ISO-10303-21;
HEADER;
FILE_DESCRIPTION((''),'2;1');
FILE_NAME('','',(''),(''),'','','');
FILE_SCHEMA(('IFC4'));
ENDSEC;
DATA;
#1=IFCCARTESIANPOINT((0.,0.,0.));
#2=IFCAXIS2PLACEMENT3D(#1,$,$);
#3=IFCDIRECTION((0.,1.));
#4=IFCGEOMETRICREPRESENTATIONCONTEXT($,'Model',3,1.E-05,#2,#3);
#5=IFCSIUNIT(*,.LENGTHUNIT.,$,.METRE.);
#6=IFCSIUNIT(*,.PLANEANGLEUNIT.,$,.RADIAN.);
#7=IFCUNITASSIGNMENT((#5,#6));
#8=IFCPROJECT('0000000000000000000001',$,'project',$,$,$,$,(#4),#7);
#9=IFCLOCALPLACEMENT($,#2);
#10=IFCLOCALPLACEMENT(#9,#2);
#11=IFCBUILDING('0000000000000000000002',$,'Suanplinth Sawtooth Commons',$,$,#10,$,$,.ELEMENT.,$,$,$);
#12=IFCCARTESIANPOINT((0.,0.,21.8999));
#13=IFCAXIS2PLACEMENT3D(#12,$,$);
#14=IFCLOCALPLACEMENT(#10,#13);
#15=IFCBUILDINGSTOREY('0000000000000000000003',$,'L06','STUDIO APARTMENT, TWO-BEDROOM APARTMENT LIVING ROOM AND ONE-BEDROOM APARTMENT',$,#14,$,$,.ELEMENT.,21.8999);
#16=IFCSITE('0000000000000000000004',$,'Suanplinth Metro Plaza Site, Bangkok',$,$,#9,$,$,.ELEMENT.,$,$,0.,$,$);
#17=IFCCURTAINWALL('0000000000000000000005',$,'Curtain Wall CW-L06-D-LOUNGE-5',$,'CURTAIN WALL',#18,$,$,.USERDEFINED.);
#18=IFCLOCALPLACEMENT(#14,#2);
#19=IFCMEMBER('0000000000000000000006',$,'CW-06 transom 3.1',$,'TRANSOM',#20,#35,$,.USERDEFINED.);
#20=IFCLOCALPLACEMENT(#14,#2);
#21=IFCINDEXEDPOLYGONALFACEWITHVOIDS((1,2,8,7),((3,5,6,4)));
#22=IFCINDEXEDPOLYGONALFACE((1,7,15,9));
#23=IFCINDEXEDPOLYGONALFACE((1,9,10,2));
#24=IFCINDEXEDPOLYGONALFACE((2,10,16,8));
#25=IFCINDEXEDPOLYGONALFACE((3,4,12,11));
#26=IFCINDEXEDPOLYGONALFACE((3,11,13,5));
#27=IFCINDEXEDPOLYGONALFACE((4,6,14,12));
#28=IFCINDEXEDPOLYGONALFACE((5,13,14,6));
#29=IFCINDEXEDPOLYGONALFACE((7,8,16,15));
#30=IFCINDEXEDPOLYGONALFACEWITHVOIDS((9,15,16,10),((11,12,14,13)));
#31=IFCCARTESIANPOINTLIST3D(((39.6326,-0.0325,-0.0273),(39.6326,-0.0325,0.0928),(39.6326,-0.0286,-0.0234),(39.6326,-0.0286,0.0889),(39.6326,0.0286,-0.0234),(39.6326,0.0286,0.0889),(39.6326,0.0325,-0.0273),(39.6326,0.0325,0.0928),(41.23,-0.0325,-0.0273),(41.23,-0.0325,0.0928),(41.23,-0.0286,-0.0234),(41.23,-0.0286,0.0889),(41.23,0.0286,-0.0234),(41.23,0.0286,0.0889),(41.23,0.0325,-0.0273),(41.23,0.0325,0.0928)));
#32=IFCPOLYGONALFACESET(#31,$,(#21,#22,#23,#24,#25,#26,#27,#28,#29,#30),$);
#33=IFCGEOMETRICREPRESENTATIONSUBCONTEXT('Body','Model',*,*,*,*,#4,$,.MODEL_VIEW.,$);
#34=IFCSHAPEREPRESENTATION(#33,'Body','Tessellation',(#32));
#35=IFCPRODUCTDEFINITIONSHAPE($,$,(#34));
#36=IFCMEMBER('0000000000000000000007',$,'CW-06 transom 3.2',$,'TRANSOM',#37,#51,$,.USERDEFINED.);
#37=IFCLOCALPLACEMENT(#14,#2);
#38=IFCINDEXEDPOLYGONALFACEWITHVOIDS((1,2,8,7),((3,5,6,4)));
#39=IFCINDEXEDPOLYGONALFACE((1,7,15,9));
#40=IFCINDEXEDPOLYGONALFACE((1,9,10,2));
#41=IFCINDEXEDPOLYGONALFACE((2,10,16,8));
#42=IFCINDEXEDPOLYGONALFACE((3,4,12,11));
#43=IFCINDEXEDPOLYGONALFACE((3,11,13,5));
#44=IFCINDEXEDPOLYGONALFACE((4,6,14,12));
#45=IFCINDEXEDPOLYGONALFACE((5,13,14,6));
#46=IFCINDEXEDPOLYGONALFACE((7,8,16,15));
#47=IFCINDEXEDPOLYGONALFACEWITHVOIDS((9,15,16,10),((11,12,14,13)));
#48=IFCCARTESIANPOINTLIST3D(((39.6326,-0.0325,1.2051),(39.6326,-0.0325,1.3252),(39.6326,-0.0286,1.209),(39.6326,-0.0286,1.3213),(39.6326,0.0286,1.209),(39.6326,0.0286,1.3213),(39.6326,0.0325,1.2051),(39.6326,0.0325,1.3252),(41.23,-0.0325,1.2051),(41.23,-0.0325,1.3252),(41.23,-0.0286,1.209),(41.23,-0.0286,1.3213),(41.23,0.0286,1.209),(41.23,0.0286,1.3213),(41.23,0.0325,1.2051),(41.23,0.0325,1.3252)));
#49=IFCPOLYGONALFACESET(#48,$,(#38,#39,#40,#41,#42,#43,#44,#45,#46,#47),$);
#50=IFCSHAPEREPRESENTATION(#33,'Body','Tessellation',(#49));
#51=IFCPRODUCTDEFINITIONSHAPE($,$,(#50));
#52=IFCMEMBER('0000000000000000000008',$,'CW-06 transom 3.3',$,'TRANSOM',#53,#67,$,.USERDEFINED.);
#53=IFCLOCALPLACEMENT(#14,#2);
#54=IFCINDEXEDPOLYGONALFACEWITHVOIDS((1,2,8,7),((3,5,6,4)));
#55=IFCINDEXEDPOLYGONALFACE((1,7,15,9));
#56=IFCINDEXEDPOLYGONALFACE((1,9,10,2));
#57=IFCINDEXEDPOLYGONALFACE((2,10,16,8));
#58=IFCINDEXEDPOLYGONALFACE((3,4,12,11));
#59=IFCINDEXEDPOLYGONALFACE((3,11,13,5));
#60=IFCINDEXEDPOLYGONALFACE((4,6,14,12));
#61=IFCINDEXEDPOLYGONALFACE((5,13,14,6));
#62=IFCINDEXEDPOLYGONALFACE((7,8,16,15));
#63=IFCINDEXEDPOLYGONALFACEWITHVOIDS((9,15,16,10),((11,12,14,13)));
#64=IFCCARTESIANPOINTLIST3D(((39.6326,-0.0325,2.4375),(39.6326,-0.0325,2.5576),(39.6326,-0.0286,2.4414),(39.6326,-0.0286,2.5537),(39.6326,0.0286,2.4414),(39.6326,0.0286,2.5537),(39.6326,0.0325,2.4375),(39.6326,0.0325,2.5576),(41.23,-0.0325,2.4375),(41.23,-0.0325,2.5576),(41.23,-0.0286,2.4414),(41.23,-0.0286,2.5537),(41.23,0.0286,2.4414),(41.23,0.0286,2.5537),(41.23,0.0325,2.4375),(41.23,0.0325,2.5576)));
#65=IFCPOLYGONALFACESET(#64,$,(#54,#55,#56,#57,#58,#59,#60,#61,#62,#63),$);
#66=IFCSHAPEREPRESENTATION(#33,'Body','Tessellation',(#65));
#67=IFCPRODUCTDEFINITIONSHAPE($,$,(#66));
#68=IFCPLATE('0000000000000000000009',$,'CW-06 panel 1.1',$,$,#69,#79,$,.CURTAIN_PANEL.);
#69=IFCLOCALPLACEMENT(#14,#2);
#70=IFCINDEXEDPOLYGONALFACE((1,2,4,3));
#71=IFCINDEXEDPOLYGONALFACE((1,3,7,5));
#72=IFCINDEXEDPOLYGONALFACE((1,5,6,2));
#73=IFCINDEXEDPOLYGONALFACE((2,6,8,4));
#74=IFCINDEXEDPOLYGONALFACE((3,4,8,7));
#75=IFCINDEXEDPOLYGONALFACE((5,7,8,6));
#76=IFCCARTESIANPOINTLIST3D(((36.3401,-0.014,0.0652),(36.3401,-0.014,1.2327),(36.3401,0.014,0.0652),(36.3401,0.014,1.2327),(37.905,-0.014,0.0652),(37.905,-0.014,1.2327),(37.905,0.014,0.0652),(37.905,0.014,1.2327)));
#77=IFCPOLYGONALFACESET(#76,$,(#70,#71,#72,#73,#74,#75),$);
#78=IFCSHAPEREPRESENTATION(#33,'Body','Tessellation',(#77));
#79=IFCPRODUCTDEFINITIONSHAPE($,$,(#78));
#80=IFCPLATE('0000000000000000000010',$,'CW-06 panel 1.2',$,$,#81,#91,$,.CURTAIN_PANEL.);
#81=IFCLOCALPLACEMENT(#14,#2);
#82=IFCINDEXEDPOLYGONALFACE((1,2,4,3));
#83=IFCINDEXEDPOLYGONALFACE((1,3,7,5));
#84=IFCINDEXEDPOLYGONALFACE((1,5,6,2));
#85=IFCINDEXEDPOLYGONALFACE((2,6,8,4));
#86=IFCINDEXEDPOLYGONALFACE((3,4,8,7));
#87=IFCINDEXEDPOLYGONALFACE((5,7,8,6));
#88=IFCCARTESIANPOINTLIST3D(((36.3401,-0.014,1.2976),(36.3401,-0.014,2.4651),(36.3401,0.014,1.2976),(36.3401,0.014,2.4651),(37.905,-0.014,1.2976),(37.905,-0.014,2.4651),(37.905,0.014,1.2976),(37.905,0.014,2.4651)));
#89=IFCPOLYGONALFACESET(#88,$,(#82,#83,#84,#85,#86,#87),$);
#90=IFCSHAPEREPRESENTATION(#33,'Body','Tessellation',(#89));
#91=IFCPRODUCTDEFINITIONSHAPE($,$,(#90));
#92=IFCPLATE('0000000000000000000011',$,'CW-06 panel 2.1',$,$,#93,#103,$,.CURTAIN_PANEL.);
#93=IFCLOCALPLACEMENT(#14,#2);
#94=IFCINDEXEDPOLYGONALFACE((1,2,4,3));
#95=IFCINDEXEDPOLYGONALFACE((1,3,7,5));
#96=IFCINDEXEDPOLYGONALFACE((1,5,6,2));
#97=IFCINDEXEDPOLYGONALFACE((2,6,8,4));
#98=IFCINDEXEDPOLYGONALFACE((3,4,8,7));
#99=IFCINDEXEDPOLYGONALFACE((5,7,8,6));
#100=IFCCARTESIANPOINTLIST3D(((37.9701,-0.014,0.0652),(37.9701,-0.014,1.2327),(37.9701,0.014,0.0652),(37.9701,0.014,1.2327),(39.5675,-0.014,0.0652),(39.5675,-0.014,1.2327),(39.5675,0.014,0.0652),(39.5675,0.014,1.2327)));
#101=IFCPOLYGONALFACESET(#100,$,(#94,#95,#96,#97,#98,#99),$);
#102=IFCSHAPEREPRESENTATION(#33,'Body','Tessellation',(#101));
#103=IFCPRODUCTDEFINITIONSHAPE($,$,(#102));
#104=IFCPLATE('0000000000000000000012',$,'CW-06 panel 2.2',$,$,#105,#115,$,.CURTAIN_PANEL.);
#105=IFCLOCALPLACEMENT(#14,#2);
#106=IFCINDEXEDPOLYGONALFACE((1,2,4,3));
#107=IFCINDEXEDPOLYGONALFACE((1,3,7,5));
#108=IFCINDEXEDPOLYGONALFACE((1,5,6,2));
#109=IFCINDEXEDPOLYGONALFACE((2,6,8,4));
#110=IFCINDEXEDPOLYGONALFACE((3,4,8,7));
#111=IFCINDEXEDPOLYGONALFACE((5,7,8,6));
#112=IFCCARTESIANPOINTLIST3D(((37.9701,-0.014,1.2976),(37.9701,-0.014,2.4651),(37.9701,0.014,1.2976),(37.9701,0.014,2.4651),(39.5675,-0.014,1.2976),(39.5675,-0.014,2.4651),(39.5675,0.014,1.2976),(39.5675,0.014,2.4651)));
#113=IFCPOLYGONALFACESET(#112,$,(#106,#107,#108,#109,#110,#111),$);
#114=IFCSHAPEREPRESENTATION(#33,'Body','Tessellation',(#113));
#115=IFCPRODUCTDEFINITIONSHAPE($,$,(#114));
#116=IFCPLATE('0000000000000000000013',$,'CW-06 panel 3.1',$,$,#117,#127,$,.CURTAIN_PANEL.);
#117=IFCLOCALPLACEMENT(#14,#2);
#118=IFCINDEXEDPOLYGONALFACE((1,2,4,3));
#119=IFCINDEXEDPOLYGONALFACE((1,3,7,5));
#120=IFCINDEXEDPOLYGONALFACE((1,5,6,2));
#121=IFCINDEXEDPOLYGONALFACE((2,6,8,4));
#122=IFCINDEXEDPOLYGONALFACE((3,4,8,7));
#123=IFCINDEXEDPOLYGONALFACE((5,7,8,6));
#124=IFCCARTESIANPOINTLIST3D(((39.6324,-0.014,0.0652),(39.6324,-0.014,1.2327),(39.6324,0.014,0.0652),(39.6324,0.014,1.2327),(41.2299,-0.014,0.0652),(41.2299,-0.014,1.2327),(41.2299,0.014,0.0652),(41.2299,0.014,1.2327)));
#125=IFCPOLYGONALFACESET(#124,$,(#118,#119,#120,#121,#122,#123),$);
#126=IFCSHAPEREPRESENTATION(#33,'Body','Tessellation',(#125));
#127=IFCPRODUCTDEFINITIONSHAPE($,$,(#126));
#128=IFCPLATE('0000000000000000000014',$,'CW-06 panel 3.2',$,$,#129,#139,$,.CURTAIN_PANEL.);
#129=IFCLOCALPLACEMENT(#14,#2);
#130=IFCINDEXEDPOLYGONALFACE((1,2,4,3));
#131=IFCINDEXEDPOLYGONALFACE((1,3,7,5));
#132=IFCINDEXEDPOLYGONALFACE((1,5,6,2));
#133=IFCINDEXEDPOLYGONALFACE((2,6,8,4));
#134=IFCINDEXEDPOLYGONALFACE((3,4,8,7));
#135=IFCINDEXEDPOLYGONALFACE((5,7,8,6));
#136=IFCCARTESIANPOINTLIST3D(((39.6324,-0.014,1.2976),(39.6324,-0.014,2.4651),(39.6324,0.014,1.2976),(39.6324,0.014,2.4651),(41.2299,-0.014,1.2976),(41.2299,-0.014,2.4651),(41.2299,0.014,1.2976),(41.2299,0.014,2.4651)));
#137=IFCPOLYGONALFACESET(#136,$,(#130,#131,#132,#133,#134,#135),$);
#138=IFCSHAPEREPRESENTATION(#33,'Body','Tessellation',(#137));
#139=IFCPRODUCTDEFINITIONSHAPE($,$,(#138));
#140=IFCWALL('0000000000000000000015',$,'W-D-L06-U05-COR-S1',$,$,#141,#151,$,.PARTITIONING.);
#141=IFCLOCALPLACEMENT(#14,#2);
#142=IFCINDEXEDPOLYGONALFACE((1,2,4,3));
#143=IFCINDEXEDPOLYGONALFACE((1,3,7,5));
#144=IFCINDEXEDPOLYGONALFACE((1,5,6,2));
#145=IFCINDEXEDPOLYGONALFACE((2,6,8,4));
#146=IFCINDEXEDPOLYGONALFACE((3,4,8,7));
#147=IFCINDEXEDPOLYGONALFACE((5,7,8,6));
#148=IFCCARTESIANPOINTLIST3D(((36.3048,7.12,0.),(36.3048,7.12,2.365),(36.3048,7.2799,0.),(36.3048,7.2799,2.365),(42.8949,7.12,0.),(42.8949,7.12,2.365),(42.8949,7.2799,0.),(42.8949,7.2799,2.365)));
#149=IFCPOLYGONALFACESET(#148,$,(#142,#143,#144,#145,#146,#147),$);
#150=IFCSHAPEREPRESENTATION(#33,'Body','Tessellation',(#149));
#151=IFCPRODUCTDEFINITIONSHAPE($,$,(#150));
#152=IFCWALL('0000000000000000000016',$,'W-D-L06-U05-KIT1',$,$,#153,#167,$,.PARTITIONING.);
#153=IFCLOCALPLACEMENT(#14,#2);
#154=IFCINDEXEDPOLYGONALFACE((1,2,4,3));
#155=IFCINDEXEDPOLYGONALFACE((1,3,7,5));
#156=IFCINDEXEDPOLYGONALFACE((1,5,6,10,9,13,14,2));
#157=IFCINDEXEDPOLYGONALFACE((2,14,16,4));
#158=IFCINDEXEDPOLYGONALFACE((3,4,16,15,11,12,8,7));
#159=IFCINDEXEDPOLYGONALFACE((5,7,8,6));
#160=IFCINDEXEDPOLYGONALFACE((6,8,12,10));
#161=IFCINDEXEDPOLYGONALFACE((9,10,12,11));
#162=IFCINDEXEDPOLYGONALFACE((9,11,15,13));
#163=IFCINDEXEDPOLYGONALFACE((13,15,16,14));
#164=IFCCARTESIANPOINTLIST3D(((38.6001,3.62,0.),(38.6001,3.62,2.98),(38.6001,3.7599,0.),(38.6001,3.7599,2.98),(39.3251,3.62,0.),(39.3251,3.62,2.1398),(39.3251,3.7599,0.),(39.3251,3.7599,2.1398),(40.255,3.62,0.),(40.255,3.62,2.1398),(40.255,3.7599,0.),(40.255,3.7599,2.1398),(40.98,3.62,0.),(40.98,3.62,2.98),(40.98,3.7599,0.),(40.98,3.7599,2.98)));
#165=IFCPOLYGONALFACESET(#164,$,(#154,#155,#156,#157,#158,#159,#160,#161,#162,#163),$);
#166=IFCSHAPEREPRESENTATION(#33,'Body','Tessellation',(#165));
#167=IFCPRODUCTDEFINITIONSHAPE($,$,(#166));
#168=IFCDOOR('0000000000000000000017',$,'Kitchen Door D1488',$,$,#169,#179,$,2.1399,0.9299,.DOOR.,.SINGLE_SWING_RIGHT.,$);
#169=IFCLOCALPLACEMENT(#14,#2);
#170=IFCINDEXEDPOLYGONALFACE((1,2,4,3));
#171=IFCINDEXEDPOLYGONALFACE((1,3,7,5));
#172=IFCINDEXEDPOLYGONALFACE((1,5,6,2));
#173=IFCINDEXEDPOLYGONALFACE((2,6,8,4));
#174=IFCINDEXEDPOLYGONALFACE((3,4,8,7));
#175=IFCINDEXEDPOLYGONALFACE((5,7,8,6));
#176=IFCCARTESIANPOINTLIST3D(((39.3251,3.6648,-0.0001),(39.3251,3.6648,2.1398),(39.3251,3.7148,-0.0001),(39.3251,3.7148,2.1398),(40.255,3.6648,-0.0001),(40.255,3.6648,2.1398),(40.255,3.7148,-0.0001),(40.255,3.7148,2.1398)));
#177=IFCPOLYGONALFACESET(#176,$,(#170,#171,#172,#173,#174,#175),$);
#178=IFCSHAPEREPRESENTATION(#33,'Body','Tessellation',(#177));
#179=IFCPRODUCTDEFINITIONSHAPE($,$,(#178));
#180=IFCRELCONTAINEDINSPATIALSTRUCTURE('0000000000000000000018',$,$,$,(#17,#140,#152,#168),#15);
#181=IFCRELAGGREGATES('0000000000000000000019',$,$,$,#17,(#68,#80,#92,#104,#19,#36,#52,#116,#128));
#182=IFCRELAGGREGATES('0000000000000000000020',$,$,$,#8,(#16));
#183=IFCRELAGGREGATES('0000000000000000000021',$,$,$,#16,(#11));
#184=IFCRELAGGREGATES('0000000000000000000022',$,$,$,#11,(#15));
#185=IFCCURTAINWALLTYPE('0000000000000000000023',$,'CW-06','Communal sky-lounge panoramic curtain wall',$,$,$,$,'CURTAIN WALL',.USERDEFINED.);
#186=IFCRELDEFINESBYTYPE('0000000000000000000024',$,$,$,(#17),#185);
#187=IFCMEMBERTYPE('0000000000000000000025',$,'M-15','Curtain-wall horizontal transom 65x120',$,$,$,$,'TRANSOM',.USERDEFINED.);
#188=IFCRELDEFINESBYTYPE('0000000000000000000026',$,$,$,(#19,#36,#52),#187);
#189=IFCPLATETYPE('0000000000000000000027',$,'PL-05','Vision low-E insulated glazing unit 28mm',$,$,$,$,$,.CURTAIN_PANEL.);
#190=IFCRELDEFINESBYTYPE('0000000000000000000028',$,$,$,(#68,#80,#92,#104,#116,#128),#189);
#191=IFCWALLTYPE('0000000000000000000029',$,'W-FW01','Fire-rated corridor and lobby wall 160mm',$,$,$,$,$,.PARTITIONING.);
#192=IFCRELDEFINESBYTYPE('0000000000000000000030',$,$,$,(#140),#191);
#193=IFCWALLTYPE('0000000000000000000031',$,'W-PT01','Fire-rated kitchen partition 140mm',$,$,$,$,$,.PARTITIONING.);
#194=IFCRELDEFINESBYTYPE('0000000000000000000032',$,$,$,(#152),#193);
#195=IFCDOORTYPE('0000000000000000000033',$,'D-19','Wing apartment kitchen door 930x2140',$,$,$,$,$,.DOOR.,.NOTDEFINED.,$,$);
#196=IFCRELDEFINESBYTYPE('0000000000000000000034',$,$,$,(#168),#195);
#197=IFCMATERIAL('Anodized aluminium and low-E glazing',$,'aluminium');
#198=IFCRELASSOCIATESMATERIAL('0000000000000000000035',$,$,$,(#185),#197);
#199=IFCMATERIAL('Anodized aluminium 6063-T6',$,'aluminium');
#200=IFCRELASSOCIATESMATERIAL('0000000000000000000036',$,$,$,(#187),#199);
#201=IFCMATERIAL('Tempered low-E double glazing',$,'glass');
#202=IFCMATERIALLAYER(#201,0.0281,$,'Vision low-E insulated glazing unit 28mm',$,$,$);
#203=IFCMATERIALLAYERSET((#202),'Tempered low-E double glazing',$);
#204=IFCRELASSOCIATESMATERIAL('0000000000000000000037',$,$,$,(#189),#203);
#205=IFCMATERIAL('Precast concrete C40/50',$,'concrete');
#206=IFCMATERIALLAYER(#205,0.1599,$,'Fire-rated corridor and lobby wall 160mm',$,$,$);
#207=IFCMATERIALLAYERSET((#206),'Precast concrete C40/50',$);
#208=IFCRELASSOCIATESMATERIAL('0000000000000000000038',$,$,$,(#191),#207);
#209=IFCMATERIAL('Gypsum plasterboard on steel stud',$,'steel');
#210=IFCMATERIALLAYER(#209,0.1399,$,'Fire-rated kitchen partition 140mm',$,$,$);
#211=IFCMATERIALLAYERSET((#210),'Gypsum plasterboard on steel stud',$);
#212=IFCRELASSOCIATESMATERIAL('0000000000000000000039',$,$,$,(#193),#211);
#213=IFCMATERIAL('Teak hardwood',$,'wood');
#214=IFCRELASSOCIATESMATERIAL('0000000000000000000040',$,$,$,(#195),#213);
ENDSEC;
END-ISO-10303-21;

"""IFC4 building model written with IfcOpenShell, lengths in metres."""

from ifc_helpers import new_model, si_unit, direction, frame, frame_2d, origin, origin_2d, place, context, subcontext, project, spatial, rectangle, hollow_rectangle, extrude, material, layer, layer_set, material_profile, profile_set, type_object, element, fill, aggregate, save


model = new_model("IFC4")

# Units and contexts
model_context = context("Model", 3, precision=1e-05, world=origin(), true_north=direction((0.0, 1.0)))
body_context = subcontext(model_context, "Body", "Model", "MODEL_VIEW")
ifc_project = project(units=[si_unit("LENGTHUNIT", "METRE"), si_unit("PLANEANGLEUNIT", "RADIAN")], contexts=[model_context])

# Site, building, storey
site_placement = place(None, origin())
site = spatial("IfcSite", under=ifc_project, at=site_placement, Name="Suanplinth Metro Plaza Site, Bangkok", CompositionType="ELEMENT", RefElevation=0.0)
building_placement = place(site_placement, origin())
building = spatial("IfcBuilding", under=site, at=building_placement, Name="Suanplinth Sawtooth Commons", CompositionType="ELEMENT")
storey_placement = place(building_placement, frame((0.0, 0.0, 21.8999)))
storey = spatial("IfcBuildingStorey", under=building, at=storey_placement, Name="L06", Description="STUDIO APARTMENT, TWO-BEDROOM APARTMENT LIVING ROOM AND ONE-BEDROOM APARTMENT", CompositionType="ELEMENT", Elevation=21.8999)

# Curtain wall, members, plates
ifc_material_1 = material(Name="Anodized aluminium and low-E glazing", Category="aluminium")
curtain_wall_type = type_object("IfcCurtainWallType", Name="CW-06", Description="Communal sky-lounge panoramic curtain wall", ElementType="CURTAIN WALL", PredefinedType="USERDEFINED", material=ifc_material_1)
curtain_wall_placement = place(storey_placement, origin())
curtain_wall = element("IfcCurtainWall", 1, at=curtain_wall_placement, inside=storey, type_object=curtain_wall_type, Name="Curtain Wall CW-L06-D-LOUNGE-5", ObjectType="CURTAIN WALL", PredefinedType="USERDEFINED")
ifc_material_2 = material(Name="Anodized aluminium 6063-T6", Category="aluminium")
ifc_material_profile_1 = material_profile(ifc_material_2, hollow_rectangle(XDim=0.0649, YDim=0.1201, WallThickness=0.0039, at=origin_2d()), Name="ALU-TRN 65x120")
ifc_profile_set_1 = profile_set([ifc_material_profile_1], Name="Anodized aluminium 6063-T6")
member_type_1 = type_object("IfcMemberType", Name="M-15", Description="Curtain-wall horizontal transom 65x120", ElementType="TRANSOM", PredefinedType="USERDEFINED", material=ifc_profile_set_1)
member_1_placement = place(storey_placement, frame((39.6326, 0.0, 0.0327), z_axis=(1.0, 0.0, 0.0), x_axis=(0.0, 1.0, 0.0)))
member_1 = element("IfcMember", 2, at=member_1_placement, type_object=member_type_1, Name="CW-06 transom 3.1", ObjectType="TRANSOM", PredefinedType="USERDEFINED", context=body_context, shape_type="SweptSolid", body=[
    extrude(hollow_rectangle(XDim=0.0649, YDim=0.1201, WallThickness=0.0039, at=origin_2d()), origin(), (0.0, 0.0, 1.0), 1.5974),
])
member_2_placement = place(storey_placement, frame((39.6326, 0.0, 1.2651), z_axis=(1.0, 0.0, 0.0), x_axis=(0.0, 1.0, 0.0)))
member_2 = element("IfcMember", 3, at=member_2_placement, type_object=member_type_1, Name="CW-06 transom 3.2", ObjectType="TRANSOM", PredefinedType="USERDEFINED", context=body_context, shape_type="SweptSolid", body=[
    extrude(hollow_rectangle(XDim=0.0649, YDim=0.1201, WallThickness=0.0039, at=origin_2d()), origin(), (0.0, 0.0, 1.0), 1.5974),
])
member_3_placement = place(storey_placement, frame((39.6326, 0.0, 2.4976), z_axis=(1.0, 0.0, 0.0), x_axis=(0.0, 1.0, 0.0)))
member_3 = element("IfcMember", 4, at=member_3_placement, type_object=member_type_1, Name="CW-06 transom 3.3", ObjectType="TRANSOM", PredefinedType="USERDEFINED", context=body_context, shape_type="SweptSolid", body=[
    extrude(hollow_rectangle(XDim=0.0649, YDim=0.1201, WallThickness=0.0039, at=origin_2d()), origin(), (0.0, 0.0, 1.0), 1.5974),
])
ifc_material_3 = material(Name="Tempered low-E double glazing", Category="glass")
ifc_layer_1 = layer(ifc_material_3, 0.0281, Name="Vision low-E insulated glazing unit 28mm")
ifc_layer_set_1 = layer_set([ifc_layer_1], Name="Tempered low-E double glazing")
plate_type = type_object("IfcPlateType", Name="PL-05", Description="Vision low-E insulated glazing unit 28mm", PredefinedType="CURTAIN_PANEL", material=ifc_layer_set_1)
plate_1_placement = place(storey_placement, frame((37.1226, 0.0, 0.0652), z_axis=(0.0, 0.0, 1.0), x_axis=(1.0, 0.0, 0.0)))
plate_1 = element("IfcPlate", 5, at=plate_1_placement, type_object=plate_type, Name="CW-06 panel 1.1", PredefinedType="CURTAIN_PANEL", context=body_context, shape_type="SweptSolid", body=[
    extrude(rectangle(XDim=1.5649, YDim=0.0281, at=origin_2d()), origin(), (0.0, 0.0, 1.0), 1.1675),
])
plate_2_placement = place(storey_placement, frame((37.1226, 0.0, 1.2976), z_axis=(0.0, 0.0, 1.0), x_axis=(1.0, 0.0, 0.0)))
plate_2 = element("IfcPlate", 6, at=plate_2_placement, type_object=plate_type, Name="CW-06 panel 1.2", PredefinedType="CURTAIN_PANEL", context=body_context, shape_type="SweptSolid", body=[
    extrude(rectangle(XDim=1.5649, YDim=0.0281, at=origin_2d()), origin(), (0.0, 0.0, 1.0), 1.1675),
])
plate_3_placement = place(storey_placement, frame((38.7688, 0.0, 0.0652), z_axis=(0.0, 0.0, 1.0), x_axis=(1.0, 0.0, 0.0)))
plate_3 = element("IfcPlate", 7, at=plate_3_placement, type_object=plate_type, Name="CW-06 panel 2.1", PredefinedType="CURTAIN_PANEL", context=body_context, shape_type="SweptSolid", body=[
    extrude(rectangle(XDim=1.5974, YDim=0.0281, at=origin_2d()), origin(), (0.0, 0.0, 1.0), 1.1675),
])
plate_4_placement = place(storey_placement, frame((38.7688, 0.0, 1.2976), z_axis=(0.0, 0.0, 1.0), x_axis=(1.0, 0.0, 0.0)))
plate_4 = element("IfcPlate", 8, at=plate_4_placement, type_object=plate_type, Name="CW-06 panel 2.2", PredefinedType="CURTAIN_PANEL", context=body_context, shape_type="SweptSolid", body=[
    extrude(rectangle(XDim=1.5974, YDim=0.0281, at=origin_2d()), origin(), (0.0, 0.0, 1.0), 1.1675),
])
plate_5_placement = place(storey_placement, frame((40.4312, 0.0, 0.0652), z_axis=(0.0, 0.0, 1.0), x_axis=(1.0, 0.0, 0.0)))
plate_5 = element("IfcPlate", 9, at=plate_5_placement, type_object=plate_type, Name="CW-06 panel 3.1", PredefinedType="CURTAIN_PANEL", context=body_context, shape_type="SweptSolid", body=[
    extrude(rectangle(XDim=1.5974, YDim=0.0281, at=origin_2d()), origin(), (0.0, 0.0, 1.0), 1.1675),
])
plate_6_placement = place(storey_placement, frame((40.4312, 0.0, 1.2976), z_axis=(0.0, 0.0, 1.0), x_axis=(1.0, 0.0, 0.0)))
plate_6 = element("IfcPlate", 10, at=plate_6_placement, type_object=plate_type, Name="CW-06 panel 3.2", PredefinedType="CURTAIN_PANEL", context=body_context, shape_type="SweptSolid", body=[
    extrude(rectangle(XDim=1.5974, YDim=0.0281, at=origin_2d()), origin(), (0.0, 0.0, 1.0), 1.1675),
])
aggregate(curtain_wall, [plate_1, plate_2, plate_3, plate_4, member_1, member_2, member_3, plate_5, plate_6])

# Wall
ifc_material_4 = material(Name="Precast concrete C40/50", Category="concrete")
ifc_layer_2 = layer(ifc_material_4, 0.1599, Name="Fire-rated corridor and lobby wall 160mm")
ifc_layer_set_2 = layer_set([ifc_layer_2], Name="Precast concrete C40/50")
wall_type_1 = type_object("IfcWallType", Name="W-FW01", Description="Fire-rated corridor and lobby wall 160mm", PredefinedType="PARTITIONING", material=ifc_layer_set_2)
wall_1_placement = place(storey_placement, frame((36.3049, 7.2, 0.0), z_axis=(0.0, 0.0, 1.0), x_axis=(1.0, 0.0, 0.0)))
element("IfcWall", 11, at=wall_1_placement, inside=storey, type_object=wall_type_1, Name="W-D-L06-U05-COR-S1", PredefinedType="PARTITIONING", context=body_context, shape_type="SweptSolid", body=[
    extrude(rectangle(XDim=6.5901, YDim=0.1599, at=frame_2d((3.2949, 0.0))), origin(), (0.0, 0.0, 1.0), 2.365),
])

# Wall, opening, door
ifc_material_5 = material(Name="Gypsum plasterboard on steel stud", Category="steel")
ifc_layer_3 = layer(ifc_material_5, 0.1399, Name="Fire-rated kitchen partition 140mm")
ifc_layer_set_3 = layer_set([ifc_layer_3], Name="Gypsum plasterboard on steel stud")
wall_type_2 = type_object("IfcWallType", Name="W-PT01", Description="Fire-rated kitchen partition 140mm", PredefinedType="PARTITIONING", material=ifc_layer_set_3)
wall_2_placement = place(storey_placement, frame((38.6001, 3.6899, 0.0), z_axis=(0.0, 0.0, 1.0), x_axis=(1.0, 0.0, 0.0)))
wall_2 = element("IfcWall", 12, at=wall_2_placement, inside=storey, type_object=wall_type_2, Name="W-D-L06-U05-KIT1", PredefinedType="PARTITIONING", context=body_context, shape_type="SweptSolid", body=[
    extrude(rectangle(XDim=2.3799, YDim=0.1399, at=frame_2d((1.1899, 0.0))), origin(), (0.0, 0.0, 1.0), 2.98),
])
opening_placement = place(wall_2_placement, frame((0.7251, 0.0, 0.0)))
opening = element("IfcOpeningElement", 13, at=opening_placement, cuts=wall_2, PredefinedType="OPENING", context=body_context, shape_type="SweptSolid", body=[
    extrude(rectangle(XDim=0.9299, YDim=2.1399, at=frame_2d((0.4648, 1.0698))), frame((0.0, 0.085, 0.0), z_axis=(0.0, -1.0, 0.0), x_axis=(1.0, 0.0, 0.0)), (0.0, 0.0, 1.0), 0.1697),
])
ifc_material_6 = material(Name="Teak hardwood", Category="wood")
door_type = type_object("IfcDoorType", Name="D-19", Description="Wing apartment kitchen door 930x2140", OperationType="NOTDEFINED", PredefinedType="DOOR", material=ifc_material_6)
door_placement = place(opening_placement, origin())
door = element("IfcDoor", 14, at=door_placement, inside=storey, type_object=door_type, Name="Kitchen Door D1488", OperationType="SINGLE_SWING_RIGHT", OverallHeight=2.1399, OverallWidth=0.9299, PredefinedType="DOOR", context=body_context, shape_type="SweptSolid", body=[
    extrude(rectangle(XDim=0.9299, YDim=2.1399, at=frame_2d((0.4648, 1.0698))), frame((0.0, 0.0249, 0.0), z_axis=(0.0, -1.0, 0.0), x_axis=(1.0, 0.0, 0.0)), (0.0, 0.0, 1.0), 0.05),
])
fill(opening, door)

save(model, "model.ifc")
